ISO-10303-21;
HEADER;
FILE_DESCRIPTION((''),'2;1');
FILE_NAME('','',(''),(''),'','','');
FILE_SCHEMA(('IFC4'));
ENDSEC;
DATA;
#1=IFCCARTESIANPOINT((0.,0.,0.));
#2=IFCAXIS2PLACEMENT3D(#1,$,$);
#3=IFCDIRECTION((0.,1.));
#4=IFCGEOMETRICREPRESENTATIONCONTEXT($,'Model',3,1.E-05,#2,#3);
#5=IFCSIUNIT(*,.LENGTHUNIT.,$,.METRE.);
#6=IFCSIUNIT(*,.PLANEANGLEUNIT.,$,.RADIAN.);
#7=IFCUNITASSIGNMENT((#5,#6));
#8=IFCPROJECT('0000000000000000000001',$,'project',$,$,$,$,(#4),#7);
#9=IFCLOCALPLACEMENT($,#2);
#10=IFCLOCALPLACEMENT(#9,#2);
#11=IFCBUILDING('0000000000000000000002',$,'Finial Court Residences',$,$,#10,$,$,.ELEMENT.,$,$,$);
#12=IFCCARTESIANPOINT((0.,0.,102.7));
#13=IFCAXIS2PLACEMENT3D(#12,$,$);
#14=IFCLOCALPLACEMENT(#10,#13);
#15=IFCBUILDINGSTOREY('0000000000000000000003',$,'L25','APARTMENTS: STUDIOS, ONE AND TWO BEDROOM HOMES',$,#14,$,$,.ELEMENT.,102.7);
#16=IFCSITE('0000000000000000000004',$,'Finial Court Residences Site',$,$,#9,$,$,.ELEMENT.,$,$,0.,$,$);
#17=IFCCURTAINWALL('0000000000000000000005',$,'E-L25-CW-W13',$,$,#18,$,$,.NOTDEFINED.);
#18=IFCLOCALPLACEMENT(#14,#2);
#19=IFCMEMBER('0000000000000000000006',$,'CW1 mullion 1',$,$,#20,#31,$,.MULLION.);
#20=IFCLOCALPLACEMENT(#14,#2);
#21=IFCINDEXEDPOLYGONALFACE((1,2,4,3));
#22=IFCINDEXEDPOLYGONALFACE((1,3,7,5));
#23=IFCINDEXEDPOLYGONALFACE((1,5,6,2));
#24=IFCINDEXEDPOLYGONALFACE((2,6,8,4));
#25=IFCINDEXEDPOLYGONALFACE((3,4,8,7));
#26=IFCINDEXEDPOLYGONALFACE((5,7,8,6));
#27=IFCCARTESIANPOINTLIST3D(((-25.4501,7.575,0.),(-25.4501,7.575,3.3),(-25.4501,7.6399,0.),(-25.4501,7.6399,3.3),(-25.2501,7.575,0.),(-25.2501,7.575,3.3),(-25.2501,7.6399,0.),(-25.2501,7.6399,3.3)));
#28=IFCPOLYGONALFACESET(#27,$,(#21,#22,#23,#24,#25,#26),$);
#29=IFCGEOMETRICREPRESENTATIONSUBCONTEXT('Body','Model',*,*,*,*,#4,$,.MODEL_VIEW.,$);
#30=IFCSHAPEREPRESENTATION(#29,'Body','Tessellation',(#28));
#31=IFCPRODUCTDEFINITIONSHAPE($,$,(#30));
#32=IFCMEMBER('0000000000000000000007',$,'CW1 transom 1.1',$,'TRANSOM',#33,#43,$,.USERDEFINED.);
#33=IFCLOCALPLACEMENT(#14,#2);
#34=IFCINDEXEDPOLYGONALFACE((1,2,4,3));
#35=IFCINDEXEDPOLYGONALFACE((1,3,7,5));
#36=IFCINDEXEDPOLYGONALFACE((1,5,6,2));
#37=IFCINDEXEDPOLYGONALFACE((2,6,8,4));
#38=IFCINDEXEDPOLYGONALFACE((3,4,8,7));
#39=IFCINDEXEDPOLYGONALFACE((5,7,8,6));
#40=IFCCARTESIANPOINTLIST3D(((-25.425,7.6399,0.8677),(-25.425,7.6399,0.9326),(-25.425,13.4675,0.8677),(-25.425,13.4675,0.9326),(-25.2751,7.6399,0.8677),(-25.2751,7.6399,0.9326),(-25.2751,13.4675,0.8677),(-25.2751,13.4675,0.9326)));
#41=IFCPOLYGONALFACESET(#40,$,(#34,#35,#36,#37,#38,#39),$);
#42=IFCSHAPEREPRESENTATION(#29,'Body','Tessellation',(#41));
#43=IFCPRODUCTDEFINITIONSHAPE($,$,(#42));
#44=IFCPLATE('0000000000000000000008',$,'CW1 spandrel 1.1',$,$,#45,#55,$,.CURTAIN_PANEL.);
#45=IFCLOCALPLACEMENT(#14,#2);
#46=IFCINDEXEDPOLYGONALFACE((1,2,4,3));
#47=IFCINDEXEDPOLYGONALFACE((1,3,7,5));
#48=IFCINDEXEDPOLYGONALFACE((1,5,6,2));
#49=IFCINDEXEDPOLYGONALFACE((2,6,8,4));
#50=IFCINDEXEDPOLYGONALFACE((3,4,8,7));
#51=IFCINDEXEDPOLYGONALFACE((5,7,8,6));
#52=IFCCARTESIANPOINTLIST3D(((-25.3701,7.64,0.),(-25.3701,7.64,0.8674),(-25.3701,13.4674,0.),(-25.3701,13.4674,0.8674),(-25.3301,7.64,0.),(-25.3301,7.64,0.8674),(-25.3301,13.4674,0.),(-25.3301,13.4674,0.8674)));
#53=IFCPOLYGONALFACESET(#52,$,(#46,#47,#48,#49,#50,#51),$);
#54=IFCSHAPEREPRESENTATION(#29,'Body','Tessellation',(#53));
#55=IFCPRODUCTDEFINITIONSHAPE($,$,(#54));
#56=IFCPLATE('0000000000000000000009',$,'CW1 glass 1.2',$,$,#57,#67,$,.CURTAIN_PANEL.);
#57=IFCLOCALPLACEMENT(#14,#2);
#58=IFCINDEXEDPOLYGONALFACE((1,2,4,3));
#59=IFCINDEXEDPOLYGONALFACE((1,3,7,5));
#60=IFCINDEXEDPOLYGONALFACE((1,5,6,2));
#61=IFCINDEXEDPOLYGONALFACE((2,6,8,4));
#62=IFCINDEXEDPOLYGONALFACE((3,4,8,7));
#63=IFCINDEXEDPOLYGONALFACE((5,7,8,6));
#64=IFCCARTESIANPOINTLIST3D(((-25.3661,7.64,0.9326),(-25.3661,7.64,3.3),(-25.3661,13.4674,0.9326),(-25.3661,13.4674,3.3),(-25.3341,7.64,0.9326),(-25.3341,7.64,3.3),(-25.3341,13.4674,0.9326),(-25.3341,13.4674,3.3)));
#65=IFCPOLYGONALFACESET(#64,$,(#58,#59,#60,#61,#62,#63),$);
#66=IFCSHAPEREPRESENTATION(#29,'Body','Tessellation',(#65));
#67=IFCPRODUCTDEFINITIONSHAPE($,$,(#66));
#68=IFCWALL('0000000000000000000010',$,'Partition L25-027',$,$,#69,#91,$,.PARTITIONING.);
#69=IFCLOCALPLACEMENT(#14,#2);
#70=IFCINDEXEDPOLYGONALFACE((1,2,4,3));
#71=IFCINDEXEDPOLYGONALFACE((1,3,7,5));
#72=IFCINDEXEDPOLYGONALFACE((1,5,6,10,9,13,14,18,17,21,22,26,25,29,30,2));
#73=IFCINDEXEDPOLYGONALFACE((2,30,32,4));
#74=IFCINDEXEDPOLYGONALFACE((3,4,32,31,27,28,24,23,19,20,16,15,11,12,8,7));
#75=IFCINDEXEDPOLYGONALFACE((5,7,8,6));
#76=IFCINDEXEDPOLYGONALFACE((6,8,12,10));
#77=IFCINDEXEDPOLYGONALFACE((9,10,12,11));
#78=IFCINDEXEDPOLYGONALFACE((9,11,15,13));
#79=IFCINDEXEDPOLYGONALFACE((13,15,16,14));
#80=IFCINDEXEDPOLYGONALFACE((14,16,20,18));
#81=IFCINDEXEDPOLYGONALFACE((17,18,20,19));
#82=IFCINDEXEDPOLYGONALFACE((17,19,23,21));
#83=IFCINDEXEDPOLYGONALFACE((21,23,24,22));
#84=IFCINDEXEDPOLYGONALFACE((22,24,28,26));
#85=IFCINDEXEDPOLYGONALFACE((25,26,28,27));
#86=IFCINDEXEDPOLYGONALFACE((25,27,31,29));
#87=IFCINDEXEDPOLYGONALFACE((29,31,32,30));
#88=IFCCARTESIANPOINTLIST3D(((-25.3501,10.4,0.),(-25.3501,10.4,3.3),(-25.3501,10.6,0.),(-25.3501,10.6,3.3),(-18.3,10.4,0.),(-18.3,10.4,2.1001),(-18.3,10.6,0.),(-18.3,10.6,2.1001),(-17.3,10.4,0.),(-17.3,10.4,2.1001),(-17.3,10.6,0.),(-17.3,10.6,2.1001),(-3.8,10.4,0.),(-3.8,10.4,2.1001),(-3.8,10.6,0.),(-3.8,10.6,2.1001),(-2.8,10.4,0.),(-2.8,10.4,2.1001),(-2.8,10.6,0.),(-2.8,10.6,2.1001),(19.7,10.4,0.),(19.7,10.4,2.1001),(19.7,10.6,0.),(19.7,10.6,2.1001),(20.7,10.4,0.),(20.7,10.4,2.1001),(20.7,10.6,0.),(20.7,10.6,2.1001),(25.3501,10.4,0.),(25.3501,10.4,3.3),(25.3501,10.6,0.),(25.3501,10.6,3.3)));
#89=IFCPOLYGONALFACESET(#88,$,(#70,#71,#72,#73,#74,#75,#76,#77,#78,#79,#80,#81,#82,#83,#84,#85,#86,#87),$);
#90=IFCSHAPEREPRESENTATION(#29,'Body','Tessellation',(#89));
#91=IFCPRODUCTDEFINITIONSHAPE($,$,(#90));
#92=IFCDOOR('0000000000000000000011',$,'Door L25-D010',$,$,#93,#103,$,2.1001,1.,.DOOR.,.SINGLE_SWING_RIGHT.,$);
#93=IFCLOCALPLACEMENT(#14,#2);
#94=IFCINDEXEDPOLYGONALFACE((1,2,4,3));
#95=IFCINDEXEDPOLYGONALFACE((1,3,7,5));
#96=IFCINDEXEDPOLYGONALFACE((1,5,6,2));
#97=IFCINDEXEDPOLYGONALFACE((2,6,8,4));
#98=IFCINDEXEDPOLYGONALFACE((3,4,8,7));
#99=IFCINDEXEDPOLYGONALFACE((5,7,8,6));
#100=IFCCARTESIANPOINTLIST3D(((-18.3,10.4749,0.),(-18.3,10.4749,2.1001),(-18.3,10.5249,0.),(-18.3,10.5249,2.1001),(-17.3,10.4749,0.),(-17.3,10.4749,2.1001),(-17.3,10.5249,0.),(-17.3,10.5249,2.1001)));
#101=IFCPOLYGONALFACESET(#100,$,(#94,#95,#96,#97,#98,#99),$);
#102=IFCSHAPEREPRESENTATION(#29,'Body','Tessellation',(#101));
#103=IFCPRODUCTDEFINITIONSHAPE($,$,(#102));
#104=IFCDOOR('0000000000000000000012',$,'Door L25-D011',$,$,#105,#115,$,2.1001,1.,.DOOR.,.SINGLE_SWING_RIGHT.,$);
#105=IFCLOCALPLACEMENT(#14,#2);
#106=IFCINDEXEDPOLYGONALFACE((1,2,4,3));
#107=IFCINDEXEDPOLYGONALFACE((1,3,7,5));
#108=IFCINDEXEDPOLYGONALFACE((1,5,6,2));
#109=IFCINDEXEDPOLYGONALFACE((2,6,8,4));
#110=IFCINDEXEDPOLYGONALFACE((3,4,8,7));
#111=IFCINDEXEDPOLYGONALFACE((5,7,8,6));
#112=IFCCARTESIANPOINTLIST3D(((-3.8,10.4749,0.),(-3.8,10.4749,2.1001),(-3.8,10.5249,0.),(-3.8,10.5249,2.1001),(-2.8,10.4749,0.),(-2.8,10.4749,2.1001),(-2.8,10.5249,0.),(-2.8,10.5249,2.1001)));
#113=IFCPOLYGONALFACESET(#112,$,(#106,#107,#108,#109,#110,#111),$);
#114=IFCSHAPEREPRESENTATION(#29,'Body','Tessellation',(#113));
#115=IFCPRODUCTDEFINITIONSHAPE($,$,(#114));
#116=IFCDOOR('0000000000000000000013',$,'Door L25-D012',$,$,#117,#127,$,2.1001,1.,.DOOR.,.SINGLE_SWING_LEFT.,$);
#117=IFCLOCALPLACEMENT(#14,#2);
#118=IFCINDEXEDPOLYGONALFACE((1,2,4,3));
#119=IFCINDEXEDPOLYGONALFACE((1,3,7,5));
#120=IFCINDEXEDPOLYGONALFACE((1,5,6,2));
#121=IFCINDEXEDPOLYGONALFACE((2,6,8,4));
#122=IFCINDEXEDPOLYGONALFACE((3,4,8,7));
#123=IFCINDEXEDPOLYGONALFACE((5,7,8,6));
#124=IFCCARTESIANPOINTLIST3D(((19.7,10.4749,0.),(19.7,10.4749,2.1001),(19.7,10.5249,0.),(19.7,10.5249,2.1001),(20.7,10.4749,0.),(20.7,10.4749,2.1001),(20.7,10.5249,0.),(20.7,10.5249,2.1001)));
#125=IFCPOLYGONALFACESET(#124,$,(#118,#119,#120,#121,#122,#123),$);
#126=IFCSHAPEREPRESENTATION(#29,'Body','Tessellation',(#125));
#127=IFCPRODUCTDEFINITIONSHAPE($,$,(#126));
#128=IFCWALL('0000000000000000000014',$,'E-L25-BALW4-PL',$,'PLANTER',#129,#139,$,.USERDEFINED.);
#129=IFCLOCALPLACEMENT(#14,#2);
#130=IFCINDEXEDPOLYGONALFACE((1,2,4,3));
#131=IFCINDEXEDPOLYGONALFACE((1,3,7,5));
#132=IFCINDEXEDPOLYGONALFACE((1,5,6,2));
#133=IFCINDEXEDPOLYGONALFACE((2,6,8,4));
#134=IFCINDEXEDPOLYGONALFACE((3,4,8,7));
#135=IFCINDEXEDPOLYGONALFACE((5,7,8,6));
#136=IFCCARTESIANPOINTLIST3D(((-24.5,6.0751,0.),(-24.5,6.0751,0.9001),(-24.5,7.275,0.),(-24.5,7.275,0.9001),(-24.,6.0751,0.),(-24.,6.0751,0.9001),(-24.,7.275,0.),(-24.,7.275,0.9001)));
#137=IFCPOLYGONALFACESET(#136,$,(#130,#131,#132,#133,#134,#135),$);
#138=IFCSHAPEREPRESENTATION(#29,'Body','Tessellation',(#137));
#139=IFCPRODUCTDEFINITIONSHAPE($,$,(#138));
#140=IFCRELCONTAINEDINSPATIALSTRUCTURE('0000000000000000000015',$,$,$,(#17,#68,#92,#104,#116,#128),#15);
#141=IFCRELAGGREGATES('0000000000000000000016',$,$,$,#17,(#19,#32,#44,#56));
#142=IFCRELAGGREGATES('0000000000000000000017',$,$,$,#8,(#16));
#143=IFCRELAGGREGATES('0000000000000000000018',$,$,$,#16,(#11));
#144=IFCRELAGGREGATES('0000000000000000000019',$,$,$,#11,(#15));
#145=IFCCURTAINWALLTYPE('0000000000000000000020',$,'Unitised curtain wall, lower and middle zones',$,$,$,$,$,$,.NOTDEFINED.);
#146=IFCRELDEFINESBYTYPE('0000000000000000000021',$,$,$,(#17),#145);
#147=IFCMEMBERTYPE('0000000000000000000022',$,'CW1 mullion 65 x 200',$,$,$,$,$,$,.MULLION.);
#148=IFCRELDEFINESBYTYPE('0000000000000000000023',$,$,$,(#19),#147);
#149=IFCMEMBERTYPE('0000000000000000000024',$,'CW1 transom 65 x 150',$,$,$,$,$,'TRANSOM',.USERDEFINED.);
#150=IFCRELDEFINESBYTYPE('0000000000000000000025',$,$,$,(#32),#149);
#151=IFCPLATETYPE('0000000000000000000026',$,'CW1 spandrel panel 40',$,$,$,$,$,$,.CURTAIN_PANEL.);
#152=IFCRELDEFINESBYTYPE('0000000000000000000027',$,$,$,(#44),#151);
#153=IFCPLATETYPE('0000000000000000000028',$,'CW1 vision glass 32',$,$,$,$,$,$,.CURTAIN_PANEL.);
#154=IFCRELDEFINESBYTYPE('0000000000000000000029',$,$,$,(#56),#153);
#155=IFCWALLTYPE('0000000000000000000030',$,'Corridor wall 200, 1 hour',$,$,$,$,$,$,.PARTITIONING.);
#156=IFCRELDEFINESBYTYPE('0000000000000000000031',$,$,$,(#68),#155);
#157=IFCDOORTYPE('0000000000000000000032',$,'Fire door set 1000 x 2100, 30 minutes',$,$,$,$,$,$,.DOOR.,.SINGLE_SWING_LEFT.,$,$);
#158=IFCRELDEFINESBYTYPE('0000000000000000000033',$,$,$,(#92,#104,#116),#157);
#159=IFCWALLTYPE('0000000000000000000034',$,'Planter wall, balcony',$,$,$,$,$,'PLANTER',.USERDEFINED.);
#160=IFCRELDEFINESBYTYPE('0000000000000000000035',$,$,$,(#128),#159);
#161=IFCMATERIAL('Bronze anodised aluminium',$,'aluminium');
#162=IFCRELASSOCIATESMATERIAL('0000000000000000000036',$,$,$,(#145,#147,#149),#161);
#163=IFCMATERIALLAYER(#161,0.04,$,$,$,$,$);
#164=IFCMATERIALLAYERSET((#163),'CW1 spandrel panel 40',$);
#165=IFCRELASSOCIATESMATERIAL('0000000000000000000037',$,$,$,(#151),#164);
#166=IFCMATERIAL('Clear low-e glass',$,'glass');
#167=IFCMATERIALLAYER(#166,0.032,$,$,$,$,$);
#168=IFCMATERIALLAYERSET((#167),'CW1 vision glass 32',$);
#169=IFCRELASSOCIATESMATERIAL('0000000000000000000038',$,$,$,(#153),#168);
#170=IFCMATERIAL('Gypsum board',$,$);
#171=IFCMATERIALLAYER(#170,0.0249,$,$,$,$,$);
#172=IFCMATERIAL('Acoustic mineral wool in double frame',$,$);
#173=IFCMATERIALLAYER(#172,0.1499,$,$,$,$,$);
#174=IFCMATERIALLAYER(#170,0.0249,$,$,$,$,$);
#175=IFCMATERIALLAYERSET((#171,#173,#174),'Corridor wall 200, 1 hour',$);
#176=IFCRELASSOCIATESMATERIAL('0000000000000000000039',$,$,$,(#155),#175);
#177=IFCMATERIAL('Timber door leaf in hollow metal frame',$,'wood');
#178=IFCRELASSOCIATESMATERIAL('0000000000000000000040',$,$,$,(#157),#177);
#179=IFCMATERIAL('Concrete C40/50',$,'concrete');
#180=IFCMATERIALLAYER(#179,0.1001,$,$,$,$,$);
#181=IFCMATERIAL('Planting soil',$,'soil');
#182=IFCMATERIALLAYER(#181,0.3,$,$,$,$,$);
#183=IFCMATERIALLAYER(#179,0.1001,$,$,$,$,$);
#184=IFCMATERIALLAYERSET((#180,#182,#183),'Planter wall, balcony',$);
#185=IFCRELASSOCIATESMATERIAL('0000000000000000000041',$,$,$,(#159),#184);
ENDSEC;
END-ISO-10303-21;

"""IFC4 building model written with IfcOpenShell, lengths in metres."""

from ifc_helpers import new_model, si_unit, direction, frame, frame_2d, origin, origin_2d, place, context, subcontext, project, spatial, rectangle, extrude, material, layer, layer_set, material_profile, profile_set, type_object, element, fill, aggregate, save


model = new_model("IFC4")

# Units and contexts
model_context = context("Model", 3, precision=1e-05, world=origin(), true_north=direction((0.0, 1.0)))
body_context = subcontext(model_context, "Body", "Model", "MODEL_VIEW")
ifc_project = project(units=[si_unit("LENGTHUNIT", "METRE"), si_unit("PLANEANGLEUNIT", "RADIAN")], contexts=[model_context])

# Site, building, storey
site_placement = place(None, origin())
site = spatial("IfcSite", under=ifc_project, at=site_placement, Name="Finial Court Residences Site", CompositionType="ELEMENT", RefElevation=0.0)
building_placement = place(site_placement, origin())
building = spatial("IfcBuilding", under=site, at=building_placement, Name="Finial Court Residences", CompositionType="ELEMENT")
storey_placement = place(building_placement, frame((0.0, 0.0, 102.7)))
storey = spatial("IfcBuildingStorey", under=building, at=storey_placement, Name="L25", Description="APARTMENTS: STUDIOS, ONE AND TWO BEDROOM HOMES", CompositionType="ELEMENT", Elevation=102.7)

# Curtain wall, members, plates
ifc_material_1 = material(Name="Bronze anodised aluminium", Category="aluminium")
curtain_wall_type = type_object("IfcCurtainWallType", Name="Unitised curtain wall, lower and middle zones", PredefinedType="NOTDEFINED", material=ifc_material_1)
curtain_wall_placement = place(storey_placement, origin())
curtain_wall = element("IfcCurtainWall", 1, at=curtain_wall_placement, inside=storey, type_object=curtain_wall_type, Name="E-L25-CW-W13", PredefinedType="NOTDEFINED")
ifc_material_profile_1 = material_profile(ifc_material_1, rectangle(XDim=0.2, YDim=0.0649, at=origin_2d()), Name="CW1 mullion 65 x 200")
ifc_profile_set_1 = profile_set([ifc_material_profile_1], Name="Bronze anodised aluminium")
member_type_1 = type_object("IfcMemberType", Name="CW1 mullion 65 x 200", PredefinedType="MULLION", material=ifc_profile_set_1)
member_1_placement = place(storey_placement, frame((-25.3501, 7.6074, 0.0), z_axis=(0.0, 0.0, 1.0), x_axis=(-1.0, 0.0, 0.0)))
member_1 = element("IfcMember", 2, at=member_1_placement, type_object=member_type_1, Name="CW1 mullion 1", PredefinedType="MULLION", context=body_context, shape_type="SweptSolid", body=[
    extrude(rectangle(XDim=0.2, YDim=0.0649, at=origin_2d()), origin(), (0.0, 0.0, 1.0), 3.3),
])
ifc_material_profile_2 = material_profile(ifc_material_1, rectangle(XDim=0.1499, YDim=0.0649, at=origin_2d()), Name="CW1 transom 65 x 150")
ifc_profile_set_2 = profile_set([ifc_material_profile_2], Name="Bronze anodised aluminium")
member_type_2 = type_object("IfcMemberType", Name="CW1 transom 65 x 150", ElementType="TRANSOM", PredefinedType="USERDEFINED", material=ifc_profile_set_2)
member_2_placement = place(storey_placement, frame((-25.3501, 7.6399, 0.9001), z_axis=(0.0, 1.0, 0.0), x_axis=(-1.0, 0.0, 0.0)))
member_2 = element("IfcMember", 3, at=member_2_placement, type_object=member_type_2, Name="CW1 transom 1.1", ObjectType="TRANSOM", PredefinedType="USERDEFINED", context=body_context, shape_type="SweptSolid", body=[
    extrude(rectangle(XDim=0.1499, YDim=0.0649, at=origin_2d()), origin(), (0.0, 0.0, 1.0), 5.8276),
])
ifc_layer_1 = layer(ifc_material_1, 0.04)
ifc_layer_set_1 = layer_set([ifc_layer_1], Name="CW1 spandrel panel 40")
plate_type_1 = type_object("IfcPlateType", Name="CW1 spandrel panel 40", PredefinedType="CURTAIN_PANEL", material=ifc_layer_set_1)
plate_1_placement = place(storey_placement, frame((-25.3501, 10.5537, 0.0), z_axis=(0.0, 0.0, 1.0), x_axis=(0.0, 1.0, 0.0)))
plate_1 = element("IfcPlate", 4, at=plate_1_placement, type_object=plate_type_1, Name="CW1 spandrel 1.1", PredefinedType="CURTAIN_PANEL", context=body_context, shape_type="SweptSolid", body=[
    extrude(rectangle(XDim=5.8274, YDim=0.04, at=origin_2d()), origin(), (0.0, 0.0, 1.0), 0.8674),
])
ifc_material_2 = material(Name="Clear low-e glass", Category="glass")
ifc_layer_2 = layer(ifc_material_2, 0.032)
ifc_layer_set_2 = layer_set([ifc_layer_2], Name="CW1 vision glass 32")
plate_type_2 = type_object("IfcPlateType", Name="CW1 vision glass 32", PredefinedType="CURTAIN_PANEL", material=ifc_layer_set_2)
plate_2_placement = place(storey_placement, frame((-25.3501, 10.5537, 0.9326), z_axis=(0.0, 0.0, 1.0), x_axis=(0.0, 1.0, 0.0)))
plate_2 = element("IfcPlate", 5, at=plate_2_placement, type_object=plate_type_2, Name="CW1 glass 1.2", PredefinedType="CURTAIN_PANEL", context=body_context, shape_type="SweptSolid", body=[
    extrude(rectangle(XDim=5.8274, YDim=0.032, at=origin_2d()), origin(), (0.0, 0.0, 1.0), 2.3674),
])
aggregate(curtain_wall, [member_1, member_2, plate_1, plate_2])

# Wall, openings, doors
ifc_material_3 = material(Name="Gypsum board")
ifc_layer_3 = layer(ifc_material_3, 0.0249)
ifc_material_4 = material(Name="Acoustic mineral wool in double frame")
ifc_layer_4 = layer(ifc_material_4, 0.1499)
ifc_layer_5 = layer(ifc_material_3, 0.0249)
ifc_layer_set_3 = layer_set([ifc_layer_3, ifc_layer_4, ifc_layer_5], Name="Corridor wall 200, 1 hour")
wall_type_1 = type_object("IfcWallType", Name="Corridor wall 200, 1 hour", PredefinedType="PARTITIONING", material=ifc_layer_set_3)
wall_1_placement = place(storey_placement, frame((-25.3501, 10.5, 0.0), z_axis=(0.0, 0.0, 1.0), x_axis=(1.0, 0.0, 0.0)))
wall_1 = element("IfcWall", 6, at=wall_1_placement, inside=storey, type_object=wall_type_1, Name="Partition L25-027", PredefinedType="PARTITIONING", context=body_context, shape_type="SweptSolid", body=[
    extrude(rectangle(XDim=50.7002, YDim=0.2, at=frame_2d((25.3501, 0.0))), origin(), (0.0, 0.0, 1.0), 3.3),
])
opening_1_placement = place(wall_1_placement, frame((7.05, 0.0, 0.0)))
opening_1 = element("IfcOpeningElement", 7, at=opening_1_placement, cuts=wall_1, PredefinedType="OPENING", context=body_context, shape_type="SweptSolid", body=[
    extrude(rectangle(XDim=1.0, YDim=2.1001, at=frame_2d((0.5, 1.05))), frame((0.0, 0.1099, 0.0), z_axis=(0.0, -1.0, 0.0), x_axis=(1.0, 0.0, 0.0)), (0.0, 0.0, 1.0), 0.22),
])
opening_2_placement = place(wall_1_placement, frame((21.55, 0.0, 0.0)))
opening_2 = element("IfcOpeningElement", 8, at=opening_2_placement, cuts=wall_1, PredefinedType="OPENING", context=body_context, shape_type="SweptSolid", body=[
    extrude(rectangle(XDim=1.0, YDim=2.1001, at=frame_2d((0.5, 1.05))), frame((0.0, 0.1099, 0.0), z_axis=(0.0, -1.0, 0.0), x_axis=(1.0, 0.0, 0.0)), (0.0, 0.0, 1.0), 0.22),
])
opening_3_placement = place(wall_1_placement, frame((45.05, 0.0, 0.0)))
opening_3 = element("IfcOpeningElement", 9, at=opening_3_placement, cuts=wall_1, PredefinedType="OPENING", context=body_context, shape_type="SweptSolid", body=[
    extrude(rectangle(XDim=1.0, YDim=2.1001, at=frame_2d((0.5, 1.05))), frame((0.0, 0.1099, 0.0), z_axis=(0.0, -1.0, 0.0), x_axis=(1.0, 0.0, 0.0)), (0.0, 0.0, 1.0), 0.22),
])
ifc_material_5 = material(Name="Timber door leaf in hollow metal frame", Category="wood")
door_type_1 = type_object("IfcDoorType", Name="Fire door set 1000 x 2100, 30 minutes", OperationType="SINGLE_SWING_LEFT", PredefinedType="DOOR", material=ifc_material_5)
door_1_placement = place(opening_1_placement, origin())
door_1 = element("IfcDoor", 10, at=door_1_placement, inside=storey, type_object=door_type_1, Name="Door L25-D010", OperationType="SINGLE_SWING_RIGHT", OverallHeight=2.1001, OverallWidth=1.0, PredefinedType="DOOR", context=body_context, shape_type="SweptSolid", body=[
    extrude(rectangle(XDim=1.0, YDim=2.1001, at=frame_2d((0.5, 1.05))), frame((0.0, 0.0249, 0.0), z_axis=(0.0, -1.0, 0.0), x_axis=(1.0, 0.0, 0.0)), (0.0, 0.0, 1.0), 0.05),
])
fill(opening_1, door_1)
door_2_placement = place(opening_2_placement, origin())
door_2 = element("IfcDoor", 11, at=door_2_placement, inside=storey, type_object=door_type_1, Name="Door L25-D011", OperationType="SINGLE_SWING_RIGHT", OverallHeight=2.1001, OverallWidth=1.0, PredefinedType="DOOR", context=body_context, shape_type="SweptSolid", body=[
    extrude(rectangle(XDim=1.0, YDim=2.1001, at=frame_2d((0.5, 1.05))), frame((0.0, 0.0249, 0.0), z_axis=(0.0, -1.0, 0.0), x_axis=(1.0, 0.0, 0.0)), (0.0, 0.0, 1.0), 0.05),
])
fill(opening_2, door_2)
door_3_placement = place(opening_3_placement, origin())
door_3 = element("IfcDoor", 12, at=door_3_placement, inside=storey, type_object=door_type_1, Name="Door L25-D012", OperationType="SINGLE_SWING_LEFT", OverallHeight=2.1001, OverallWidth=1.0, PredefinedType="DOOR", context=body_context, shape_type="SweptSolid", body=[
    extrude(rectangle(XDim=1.0, YDim=2.1001, at=frame_2d((0.5, 1.05))), frame((0.0, 0.0249, 0.0), z_axis=(0.0, -1.0, 0.0), x_axis=(1.0, 0.0, 0.0)), (0.0, 0.0, 1.0), 0.05),
])
fill(opening_3, door_3)

# Wall
ifc_material_6 = material(Name="Concrete C40/50", Category="concrete")
ifc_layer_6 = layer(ifc_material_6, 0.1001)
ifc_material_7 = material(Name="Planting soil", Category="soil")
ifc_layer_7 = layer(ifc_material_7, 0.3)
ifc_layer_8 = layer(ifc_material_6, 0.1001)
ifc_layer_set_4 = layer_set([ifc_layer_6, ifc_layer_7, ifc_layer_8], Name="Planter wall, balcony")
wall_type_2 = type_object("IfcWallType", Name="Planter wall, balcony", ElementType="PLANTER", PredefinedType="USERDEFINED", material=ifc_layer_set_4)
wall_2_placement = place(storey_placement, frame((-24.25, 6.075, 0.0), z_axis=(0.0, 0.0, 1.0), x_axis=(0.0, 1.0, 0.0)))
element("IfcWall", 13, at=wall_2_placement, inside=storey, type_object=wall_type_2, Name="E-L25-BALW4-PL", ObjectType="PLANTER", PredefinedType="USERDEFINED", context=body_context, shape_type="SweptSolid", body=[
    extrude(rectangle(XDim=1.2, YDim=0.5, at=frame_2d((0.6001, 0.0))), origin(), (0.0, 0.0, 1.0), 0.9001),
])

save(model, "model.ifc")
